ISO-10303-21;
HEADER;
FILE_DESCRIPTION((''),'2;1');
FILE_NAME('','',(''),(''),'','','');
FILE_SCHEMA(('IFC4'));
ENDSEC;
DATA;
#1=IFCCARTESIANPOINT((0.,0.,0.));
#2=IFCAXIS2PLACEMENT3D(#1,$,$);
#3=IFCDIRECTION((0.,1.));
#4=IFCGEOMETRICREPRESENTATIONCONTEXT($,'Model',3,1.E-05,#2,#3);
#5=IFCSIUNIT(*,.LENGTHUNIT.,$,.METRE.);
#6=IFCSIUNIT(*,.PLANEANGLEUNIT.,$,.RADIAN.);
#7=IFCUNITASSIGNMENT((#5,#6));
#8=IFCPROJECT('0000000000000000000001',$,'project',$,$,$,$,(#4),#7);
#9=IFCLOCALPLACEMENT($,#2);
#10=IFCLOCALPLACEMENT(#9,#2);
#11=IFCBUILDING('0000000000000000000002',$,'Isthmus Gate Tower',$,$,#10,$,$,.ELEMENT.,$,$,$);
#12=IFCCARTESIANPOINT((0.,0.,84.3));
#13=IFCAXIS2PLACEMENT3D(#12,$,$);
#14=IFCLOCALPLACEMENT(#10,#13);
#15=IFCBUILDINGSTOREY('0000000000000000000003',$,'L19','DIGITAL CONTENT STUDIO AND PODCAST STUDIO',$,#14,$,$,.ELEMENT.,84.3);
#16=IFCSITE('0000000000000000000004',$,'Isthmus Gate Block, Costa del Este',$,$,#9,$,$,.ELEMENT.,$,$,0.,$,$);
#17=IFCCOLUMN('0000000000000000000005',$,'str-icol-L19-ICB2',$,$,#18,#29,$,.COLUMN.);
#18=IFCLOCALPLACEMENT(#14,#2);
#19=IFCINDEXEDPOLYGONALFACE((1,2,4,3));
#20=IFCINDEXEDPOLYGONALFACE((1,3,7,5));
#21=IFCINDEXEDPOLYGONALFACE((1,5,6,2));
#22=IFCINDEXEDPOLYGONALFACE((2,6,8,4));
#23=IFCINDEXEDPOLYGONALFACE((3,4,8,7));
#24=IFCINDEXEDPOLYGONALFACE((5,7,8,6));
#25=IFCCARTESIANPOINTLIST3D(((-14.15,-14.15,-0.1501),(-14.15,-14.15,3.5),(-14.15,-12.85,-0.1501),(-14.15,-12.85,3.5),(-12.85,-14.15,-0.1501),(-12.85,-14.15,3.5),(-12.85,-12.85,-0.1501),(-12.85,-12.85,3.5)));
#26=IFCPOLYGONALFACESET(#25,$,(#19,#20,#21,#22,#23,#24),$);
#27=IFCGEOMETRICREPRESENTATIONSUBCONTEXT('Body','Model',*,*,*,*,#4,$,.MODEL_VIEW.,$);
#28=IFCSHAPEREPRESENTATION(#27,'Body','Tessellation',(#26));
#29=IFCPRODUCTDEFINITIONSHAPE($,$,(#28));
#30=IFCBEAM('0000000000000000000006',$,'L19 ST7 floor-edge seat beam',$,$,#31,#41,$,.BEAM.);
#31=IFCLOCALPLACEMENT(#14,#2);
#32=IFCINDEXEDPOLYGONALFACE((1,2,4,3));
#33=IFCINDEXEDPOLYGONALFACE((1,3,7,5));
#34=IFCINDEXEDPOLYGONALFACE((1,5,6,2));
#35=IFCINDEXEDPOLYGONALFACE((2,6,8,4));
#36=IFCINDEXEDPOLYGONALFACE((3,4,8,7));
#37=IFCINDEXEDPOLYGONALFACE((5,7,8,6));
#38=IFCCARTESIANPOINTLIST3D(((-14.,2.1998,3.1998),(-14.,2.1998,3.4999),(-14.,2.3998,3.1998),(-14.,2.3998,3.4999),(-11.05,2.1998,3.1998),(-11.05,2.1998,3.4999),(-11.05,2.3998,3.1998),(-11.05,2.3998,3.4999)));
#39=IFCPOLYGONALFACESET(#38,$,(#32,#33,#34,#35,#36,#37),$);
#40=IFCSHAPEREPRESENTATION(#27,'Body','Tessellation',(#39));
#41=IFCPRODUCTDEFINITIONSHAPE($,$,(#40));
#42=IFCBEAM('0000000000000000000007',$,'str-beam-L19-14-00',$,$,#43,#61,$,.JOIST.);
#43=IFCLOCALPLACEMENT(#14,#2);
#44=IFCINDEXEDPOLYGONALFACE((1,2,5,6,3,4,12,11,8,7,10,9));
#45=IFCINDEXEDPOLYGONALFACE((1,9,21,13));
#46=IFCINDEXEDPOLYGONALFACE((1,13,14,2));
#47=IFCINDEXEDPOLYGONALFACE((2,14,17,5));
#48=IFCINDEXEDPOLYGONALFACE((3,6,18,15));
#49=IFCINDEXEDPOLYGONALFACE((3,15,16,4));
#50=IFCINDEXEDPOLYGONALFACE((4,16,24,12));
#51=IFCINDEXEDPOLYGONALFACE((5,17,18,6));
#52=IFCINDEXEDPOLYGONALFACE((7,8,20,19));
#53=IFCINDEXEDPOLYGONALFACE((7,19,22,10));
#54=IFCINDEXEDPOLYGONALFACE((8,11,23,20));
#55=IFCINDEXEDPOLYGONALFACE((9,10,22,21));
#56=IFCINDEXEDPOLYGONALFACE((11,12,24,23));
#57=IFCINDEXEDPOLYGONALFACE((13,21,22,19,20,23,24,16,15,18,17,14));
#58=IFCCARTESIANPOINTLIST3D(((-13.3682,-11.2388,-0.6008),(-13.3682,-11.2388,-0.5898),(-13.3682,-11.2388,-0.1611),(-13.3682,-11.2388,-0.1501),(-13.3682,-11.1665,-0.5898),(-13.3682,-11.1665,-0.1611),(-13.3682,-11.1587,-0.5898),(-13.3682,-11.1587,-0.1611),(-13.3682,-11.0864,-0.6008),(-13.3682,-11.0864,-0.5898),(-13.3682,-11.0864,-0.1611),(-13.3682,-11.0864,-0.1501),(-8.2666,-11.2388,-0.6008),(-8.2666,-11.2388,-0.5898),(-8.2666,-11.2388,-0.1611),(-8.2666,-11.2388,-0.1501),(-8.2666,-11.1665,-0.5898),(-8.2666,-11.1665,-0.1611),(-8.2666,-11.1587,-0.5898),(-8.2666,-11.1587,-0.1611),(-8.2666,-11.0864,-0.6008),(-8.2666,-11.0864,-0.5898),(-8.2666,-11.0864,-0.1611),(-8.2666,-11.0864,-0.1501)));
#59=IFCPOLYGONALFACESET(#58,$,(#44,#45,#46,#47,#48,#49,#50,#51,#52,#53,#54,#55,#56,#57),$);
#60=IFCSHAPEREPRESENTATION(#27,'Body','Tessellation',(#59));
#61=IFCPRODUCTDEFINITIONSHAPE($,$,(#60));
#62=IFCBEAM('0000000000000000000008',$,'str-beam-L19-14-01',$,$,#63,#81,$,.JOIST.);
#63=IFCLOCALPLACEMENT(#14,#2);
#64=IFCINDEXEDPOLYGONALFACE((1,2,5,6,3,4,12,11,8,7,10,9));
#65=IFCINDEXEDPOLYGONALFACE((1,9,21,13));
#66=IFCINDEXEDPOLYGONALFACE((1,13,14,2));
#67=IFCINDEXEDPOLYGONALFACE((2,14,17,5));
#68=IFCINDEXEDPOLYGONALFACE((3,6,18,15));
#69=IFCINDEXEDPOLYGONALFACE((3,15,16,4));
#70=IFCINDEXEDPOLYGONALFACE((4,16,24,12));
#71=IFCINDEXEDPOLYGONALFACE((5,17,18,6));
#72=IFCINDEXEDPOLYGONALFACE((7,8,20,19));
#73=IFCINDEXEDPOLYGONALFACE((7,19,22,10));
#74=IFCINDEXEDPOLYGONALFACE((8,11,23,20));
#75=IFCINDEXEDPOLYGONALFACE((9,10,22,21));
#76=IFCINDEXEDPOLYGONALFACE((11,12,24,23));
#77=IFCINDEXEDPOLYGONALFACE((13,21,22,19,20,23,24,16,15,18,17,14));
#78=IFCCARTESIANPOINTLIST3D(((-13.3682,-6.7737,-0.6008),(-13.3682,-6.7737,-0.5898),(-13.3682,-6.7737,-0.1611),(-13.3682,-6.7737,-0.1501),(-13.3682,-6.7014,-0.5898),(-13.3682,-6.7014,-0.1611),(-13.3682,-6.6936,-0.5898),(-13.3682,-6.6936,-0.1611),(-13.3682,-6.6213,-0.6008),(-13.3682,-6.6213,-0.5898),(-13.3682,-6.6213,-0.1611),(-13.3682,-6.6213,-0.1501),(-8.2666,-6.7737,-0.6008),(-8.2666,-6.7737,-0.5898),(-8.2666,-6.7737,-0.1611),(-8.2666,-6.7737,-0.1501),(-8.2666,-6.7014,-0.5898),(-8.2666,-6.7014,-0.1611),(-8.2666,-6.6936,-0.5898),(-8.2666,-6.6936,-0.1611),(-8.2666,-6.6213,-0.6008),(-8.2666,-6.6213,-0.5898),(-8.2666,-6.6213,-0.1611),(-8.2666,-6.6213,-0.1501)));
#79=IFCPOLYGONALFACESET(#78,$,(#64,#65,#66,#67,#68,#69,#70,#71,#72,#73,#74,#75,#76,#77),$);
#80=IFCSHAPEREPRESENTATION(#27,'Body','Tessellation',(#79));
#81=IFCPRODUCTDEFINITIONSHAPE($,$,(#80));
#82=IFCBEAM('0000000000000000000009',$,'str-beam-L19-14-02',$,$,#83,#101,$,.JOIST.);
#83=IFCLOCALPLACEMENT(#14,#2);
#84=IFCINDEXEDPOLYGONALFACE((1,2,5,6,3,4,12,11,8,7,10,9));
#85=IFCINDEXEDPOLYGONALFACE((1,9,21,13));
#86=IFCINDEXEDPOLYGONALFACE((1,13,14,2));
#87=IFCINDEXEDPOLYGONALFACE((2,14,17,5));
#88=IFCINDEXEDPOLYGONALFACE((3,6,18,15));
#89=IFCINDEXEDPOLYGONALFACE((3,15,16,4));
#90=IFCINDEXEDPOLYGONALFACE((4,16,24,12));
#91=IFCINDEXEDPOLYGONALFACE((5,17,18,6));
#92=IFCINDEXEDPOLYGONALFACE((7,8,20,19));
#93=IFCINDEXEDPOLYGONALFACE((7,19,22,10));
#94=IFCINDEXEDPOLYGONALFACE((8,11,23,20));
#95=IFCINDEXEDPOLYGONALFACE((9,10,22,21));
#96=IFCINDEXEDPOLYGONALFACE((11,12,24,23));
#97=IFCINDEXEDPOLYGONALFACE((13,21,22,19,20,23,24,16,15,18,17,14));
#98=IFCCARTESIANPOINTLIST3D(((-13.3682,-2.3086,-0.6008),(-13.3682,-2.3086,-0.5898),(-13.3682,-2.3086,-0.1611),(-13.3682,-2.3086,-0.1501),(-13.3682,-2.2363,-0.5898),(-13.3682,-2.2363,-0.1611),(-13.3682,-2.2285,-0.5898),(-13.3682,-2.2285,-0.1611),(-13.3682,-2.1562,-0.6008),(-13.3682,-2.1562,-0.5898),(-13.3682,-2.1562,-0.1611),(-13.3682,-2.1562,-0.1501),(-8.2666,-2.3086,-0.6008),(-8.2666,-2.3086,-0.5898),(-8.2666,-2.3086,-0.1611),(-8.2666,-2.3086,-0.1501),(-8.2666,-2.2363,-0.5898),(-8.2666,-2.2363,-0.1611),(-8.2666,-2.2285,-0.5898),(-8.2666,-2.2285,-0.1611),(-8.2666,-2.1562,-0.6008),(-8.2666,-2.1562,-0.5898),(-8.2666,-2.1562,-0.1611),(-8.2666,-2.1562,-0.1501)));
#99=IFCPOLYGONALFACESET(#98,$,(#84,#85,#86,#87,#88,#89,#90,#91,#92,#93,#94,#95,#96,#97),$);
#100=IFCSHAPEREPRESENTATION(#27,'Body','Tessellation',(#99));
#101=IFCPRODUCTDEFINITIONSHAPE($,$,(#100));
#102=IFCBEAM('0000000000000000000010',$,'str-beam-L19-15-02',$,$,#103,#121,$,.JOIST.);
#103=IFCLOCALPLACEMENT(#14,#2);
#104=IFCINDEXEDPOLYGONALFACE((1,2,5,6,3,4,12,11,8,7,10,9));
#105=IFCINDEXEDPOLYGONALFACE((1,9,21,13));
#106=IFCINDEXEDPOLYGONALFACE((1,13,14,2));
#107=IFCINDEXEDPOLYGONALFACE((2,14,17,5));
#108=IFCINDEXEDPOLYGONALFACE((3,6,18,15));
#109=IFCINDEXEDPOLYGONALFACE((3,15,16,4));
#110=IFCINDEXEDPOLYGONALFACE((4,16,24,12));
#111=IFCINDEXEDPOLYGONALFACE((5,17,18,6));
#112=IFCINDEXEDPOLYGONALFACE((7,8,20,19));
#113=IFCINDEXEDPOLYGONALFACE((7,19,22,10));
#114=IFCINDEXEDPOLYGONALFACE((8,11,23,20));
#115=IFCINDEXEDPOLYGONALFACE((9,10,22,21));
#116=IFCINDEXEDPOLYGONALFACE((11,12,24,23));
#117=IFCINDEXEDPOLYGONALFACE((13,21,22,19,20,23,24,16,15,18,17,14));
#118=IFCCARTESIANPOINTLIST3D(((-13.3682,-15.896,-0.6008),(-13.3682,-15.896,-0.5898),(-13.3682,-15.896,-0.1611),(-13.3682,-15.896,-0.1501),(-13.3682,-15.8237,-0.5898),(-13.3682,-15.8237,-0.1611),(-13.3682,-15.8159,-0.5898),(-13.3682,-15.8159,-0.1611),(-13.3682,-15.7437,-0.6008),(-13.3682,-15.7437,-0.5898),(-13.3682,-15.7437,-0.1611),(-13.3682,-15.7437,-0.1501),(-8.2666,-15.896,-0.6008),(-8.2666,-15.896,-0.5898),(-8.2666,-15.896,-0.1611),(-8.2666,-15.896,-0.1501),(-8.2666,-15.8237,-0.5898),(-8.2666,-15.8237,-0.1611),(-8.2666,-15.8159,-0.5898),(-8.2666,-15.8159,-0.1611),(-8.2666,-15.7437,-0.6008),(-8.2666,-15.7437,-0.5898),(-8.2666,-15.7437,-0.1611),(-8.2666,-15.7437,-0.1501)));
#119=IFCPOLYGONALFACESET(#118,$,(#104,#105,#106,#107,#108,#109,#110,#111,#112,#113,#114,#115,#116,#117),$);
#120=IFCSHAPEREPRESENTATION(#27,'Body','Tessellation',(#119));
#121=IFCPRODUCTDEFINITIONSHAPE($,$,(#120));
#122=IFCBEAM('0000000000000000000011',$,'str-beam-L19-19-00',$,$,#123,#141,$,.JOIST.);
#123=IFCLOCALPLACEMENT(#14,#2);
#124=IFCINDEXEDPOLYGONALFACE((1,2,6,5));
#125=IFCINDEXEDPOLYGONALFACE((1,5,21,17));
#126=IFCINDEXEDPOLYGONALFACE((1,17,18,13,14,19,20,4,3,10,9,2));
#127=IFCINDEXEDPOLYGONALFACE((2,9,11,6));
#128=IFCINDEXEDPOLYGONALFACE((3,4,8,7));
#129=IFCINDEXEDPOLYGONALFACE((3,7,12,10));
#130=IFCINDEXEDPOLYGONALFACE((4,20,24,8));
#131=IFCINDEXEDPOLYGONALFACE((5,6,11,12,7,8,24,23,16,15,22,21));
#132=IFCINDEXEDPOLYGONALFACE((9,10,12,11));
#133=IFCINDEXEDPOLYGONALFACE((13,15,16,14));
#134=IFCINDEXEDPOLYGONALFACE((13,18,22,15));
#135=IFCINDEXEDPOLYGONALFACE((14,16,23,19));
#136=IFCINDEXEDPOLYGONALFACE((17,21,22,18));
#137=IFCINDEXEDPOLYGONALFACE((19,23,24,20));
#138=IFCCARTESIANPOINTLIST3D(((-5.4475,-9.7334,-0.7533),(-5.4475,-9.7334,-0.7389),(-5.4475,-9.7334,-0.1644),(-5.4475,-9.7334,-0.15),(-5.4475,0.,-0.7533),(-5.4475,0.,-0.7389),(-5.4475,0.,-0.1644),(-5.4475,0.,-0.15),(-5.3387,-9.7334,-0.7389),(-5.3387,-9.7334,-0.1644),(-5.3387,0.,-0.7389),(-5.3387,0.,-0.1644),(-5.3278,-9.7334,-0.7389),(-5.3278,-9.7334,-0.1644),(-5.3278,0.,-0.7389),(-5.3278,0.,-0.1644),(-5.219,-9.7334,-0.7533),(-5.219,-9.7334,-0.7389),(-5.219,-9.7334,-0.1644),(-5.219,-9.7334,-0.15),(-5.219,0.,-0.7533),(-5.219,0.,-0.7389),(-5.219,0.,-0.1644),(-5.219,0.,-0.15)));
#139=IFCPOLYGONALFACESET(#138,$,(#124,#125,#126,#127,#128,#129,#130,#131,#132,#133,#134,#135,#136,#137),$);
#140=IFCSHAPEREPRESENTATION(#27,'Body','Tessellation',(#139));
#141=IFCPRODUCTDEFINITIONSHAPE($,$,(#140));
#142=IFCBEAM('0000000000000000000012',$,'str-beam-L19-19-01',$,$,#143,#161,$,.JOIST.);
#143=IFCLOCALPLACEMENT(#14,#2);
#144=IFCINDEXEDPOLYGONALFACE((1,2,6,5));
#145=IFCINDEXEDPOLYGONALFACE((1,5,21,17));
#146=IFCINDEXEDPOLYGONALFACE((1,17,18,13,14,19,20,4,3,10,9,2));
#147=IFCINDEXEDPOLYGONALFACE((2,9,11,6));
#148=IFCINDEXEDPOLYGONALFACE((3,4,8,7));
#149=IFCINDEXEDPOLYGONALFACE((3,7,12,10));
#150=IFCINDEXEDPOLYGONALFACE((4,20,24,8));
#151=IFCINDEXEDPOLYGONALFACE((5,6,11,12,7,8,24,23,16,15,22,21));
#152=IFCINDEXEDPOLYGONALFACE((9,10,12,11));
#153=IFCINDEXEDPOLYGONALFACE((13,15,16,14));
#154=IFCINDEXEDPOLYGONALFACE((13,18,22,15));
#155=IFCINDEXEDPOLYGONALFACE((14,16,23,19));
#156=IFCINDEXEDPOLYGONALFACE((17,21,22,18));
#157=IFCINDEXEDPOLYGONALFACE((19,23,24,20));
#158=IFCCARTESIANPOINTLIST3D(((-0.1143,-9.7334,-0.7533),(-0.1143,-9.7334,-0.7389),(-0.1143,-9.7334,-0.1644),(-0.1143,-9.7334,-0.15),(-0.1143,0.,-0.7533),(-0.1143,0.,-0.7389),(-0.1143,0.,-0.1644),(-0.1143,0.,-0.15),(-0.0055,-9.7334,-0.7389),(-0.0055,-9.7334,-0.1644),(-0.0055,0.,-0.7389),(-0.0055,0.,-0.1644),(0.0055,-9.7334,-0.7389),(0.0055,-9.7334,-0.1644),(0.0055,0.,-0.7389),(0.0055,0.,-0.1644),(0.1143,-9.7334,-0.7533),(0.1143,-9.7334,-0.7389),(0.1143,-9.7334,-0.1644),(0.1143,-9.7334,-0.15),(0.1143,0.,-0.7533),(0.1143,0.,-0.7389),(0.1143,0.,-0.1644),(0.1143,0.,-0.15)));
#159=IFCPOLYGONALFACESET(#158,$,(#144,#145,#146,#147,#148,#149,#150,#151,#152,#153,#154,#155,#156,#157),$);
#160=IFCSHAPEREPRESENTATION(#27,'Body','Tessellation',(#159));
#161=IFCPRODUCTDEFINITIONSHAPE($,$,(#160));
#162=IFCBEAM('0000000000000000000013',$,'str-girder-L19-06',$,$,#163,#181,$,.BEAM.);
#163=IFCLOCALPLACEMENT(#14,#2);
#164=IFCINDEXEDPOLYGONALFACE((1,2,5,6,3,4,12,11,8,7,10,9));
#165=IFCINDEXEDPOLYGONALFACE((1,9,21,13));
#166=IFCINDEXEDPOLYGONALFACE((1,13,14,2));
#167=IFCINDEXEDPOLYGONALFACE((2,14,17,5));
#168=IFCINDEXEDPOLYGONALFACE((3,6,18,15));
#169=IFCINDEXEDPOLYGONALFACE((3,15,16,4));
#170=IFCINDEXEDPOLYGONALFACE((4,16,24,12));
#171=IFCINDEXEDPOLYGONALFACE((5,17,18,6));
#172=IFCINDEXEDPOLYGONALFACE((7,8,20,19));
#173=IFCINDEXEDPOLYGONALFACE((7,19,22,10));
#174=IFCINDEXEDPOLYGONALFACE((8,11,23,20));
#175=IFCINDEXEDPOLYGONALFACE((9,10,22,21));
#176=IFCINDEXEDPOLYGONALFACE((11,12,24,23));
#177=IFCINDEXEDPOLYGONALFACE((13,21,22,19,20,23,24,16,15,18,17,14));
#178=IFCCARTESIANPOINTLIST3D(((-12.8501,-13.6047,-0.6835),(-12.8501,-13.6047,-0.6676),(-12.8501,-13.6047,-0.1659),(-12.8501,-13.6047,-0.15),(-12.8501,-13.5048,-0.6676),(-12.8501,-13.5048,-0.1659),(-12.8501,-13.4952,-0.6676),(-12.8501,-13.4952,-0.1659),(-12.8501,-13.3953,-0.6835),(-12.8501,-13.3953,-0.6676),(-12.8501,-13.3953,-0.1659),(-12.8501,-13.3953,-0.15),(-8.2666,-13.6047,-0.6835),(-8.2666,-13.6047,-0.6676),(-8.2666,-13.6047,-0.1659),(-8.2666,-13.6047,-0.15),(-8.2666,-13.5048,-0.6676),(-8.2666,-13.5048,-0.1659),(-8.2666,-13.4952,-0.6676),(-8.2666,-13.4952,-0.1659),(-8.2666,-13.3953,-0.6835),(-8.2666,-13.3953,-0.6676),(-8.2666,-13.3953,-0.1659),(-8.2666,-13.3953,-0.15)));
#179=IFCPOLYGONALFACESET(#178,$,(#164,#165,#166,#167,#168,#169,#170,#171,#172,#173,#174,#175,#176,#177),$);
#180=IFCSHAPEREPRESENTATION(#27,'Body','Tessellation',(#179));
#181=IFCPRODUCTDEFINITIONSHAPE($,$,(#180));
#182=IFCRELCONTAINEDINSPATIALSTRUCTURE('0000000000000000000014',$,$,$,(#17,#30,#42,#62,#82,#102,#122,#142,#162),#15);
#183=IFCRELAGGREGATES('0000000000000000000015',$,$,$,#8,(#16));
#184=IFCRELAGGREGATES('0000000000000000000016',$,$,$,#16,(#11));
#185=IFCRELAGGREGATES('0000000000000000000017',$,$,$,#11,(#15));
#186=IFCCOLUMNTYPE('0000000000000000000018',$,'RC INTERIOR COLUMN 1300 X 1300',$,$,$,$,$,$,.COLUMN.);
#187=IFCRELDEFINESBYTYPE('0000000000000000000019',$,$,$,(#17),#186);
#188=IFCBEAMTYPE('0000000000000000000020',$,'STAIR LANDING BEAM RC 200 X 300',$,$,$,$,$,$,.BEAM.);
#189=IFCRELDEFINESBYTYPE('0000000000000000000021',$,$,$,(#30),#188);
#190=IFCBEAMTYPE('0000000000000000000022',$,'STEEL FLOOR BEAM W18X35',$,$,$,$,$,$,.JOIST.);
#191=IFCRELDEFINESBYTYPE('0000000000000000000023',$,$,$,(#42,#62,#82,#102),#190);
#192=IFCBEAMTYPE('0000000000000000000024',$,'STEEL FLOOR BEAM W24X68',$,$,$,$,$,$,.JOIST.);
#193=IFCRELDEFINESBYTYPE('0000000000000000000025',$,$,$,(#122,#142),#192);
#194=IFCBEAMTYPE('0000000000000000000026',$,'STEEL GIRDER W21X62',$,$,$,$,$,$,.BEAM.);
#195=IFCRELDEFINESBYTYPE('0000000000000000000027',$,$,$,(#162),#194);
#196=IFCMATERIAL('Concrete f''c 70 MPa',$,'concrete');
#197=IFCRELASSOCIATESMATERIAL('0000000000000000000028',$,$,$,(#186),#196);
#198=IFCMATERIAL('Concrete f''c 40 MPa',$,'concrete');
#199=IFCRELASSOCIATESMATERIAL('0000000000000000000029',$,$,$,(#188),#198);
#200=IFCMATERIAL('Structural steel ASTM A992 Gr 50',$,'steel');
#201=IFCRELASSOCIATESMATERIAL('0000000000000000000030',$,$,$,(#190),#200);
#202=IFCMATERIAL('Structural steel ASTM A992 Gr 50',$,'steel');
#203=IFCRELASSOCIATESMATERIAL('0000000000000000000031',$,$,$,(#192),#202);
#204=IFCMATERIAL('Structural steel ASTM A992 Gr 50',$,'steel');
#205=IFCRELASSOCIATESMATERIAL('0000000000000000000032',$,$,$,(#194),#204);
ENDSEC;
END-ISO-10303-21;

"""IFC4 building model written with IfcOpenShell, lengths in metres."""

from ifc_helpers import new_model, si_unit, direction, frame, origin, origin_2d, place, context, subcontext, project, spatial, rectangle, i_section, extrude, material, material_profile, profile_set, type_object, element, save


model = new_model("IFC4")

# Units and contexts
model_context = context("Model", 3, precision=1e-05, world=origin(), true_north=direction((0.0, 1.0)))
body_context = subcontext(model_context, "Body", "Model", "MODEL_VIEW")
ifc_project = project(units=[si_unit("LENGTHUNIT", "METRE"), si_unit("PLANEANGLEUNIT", "RADIAN")], contexts=[model_context])

# Site, building, storey
site_placement = place(None, origin())
site = spatial("IfcSite", under=ifc_project, at=site_placement, Name="Isthmus Gate Block, Costa del Este", CompositionType="ELEMENT", RefElevation=0.0)
building_placement = place(site_placement, origin())
building = spatial("IfcBuilding", under=site, at=building_placement, Name="Isthmus Gate Tower", CompositionType="ELEMENT")
storey_placement = place(building_placement, frame((0.0, 0.0, 84.3)))
storey = spatial("IfcBuildingStorey", under=building, at=storey_placement, Name="L19", Description="DIGITAL CONTENT STUDIO AND PODCAST STUDIO", CompositionType="ELEMENT", Elevation=84.3)

# Column
ifc_material_1 = material(Name="Concrete f'c 70 MPa", Category="concrete")
ifc_material_profile_1 = material_profile(ifc_material_1, rectangle(XDim=1.3, YDim=1.3, at=origin_2d()), Name="RC 1300X1300")
ifc_profile_set_1 = profile_set([ifc_material_profile_1], Name="Concrete f'c 70 MPa")
column_type = type_object("IfcColumnType", Name="RC INTERIOR COLUMN 1300 X 1300", PredefinedType="COLUMN", material=ifc_profile_set_1)
column_placement = place(storey_placement, frame((-13.5, -13.5, -0.1501), z_axis=(0.0, 0.0, 1.0), x_axis=(1.0, 0.0, 0.0)))
element("IfcColumn", 1, at=column_placement, inside=storey, type_object=column_type, Name="str-icol-L19-ICB2", PredefinedType="COLUMN", context=body_context, shape_type="SweptSolid", body=[
    extrude(rectangle(XDim=1.3, YDim=1.3, at=origin_2d()), origin(), (0.0, 0.0, 1.0), 3.6501),
])

# Beams
ifc_material_2 = material(Name="Concrete f'c 40 MPa", Category="concrete")
ifc_material_profile_2 = material_profile(ifc_material_2, rectangle(XDim=0.2, YDim=0.3, at=origin_2d()), Name="STAIR LANDING BEAM RC 200 X 300")
ifc_profile_set_2 = profile_set([ifc_material_profile_2], Name="Concrete f'c 40 MPa")
beam_type_1 = type_object("IfcBeamType", Name="STAIR LANDING BEAM RC 200 X 300", PredefinedType="BEAM", material=ifc_profile_set_2)
beam_1_placement = place(storey_placement, frame((-14.0, 2.2998, 3.3499), z_axis=(1.0, 0.0, 0.0), x_axis=(0.0, 1.0, 0.0)))
element("IfcBeam", 2, at=beam_1_placement, inside=storey, type_object=beam_type_1, Name="L19 ST7 floor-edge seat beam", PredefinedType="BEAM", context=body_context, shape_type="SweptSolid", body=[
    extrude(rectangle(XDim=0.2, YDim=0.3, at=origin_2d()), origin(), (0.0, 0.0, 1.0), 2.95),
])
ifc_material_3 = material(Name="Structural steel ASTM A992 Gr 50", Category="steel")
ifc_material_profile_3 = material_profile(ifc_material_3, i_section(OverallWidth=0.1523, OverallDepth=0.4507, WebThickness=0.0078, FlangeThickness=0.011, at=origin_2d()), Name="W18X35")
ifc_profile_set_3 = profile_set([ifc_material_profile_3], Name="Structural steel ASTM A992 Gr 50")
beam_type_2 = type_object("IfcBeamType", Name="STEEL FLOOR BEAM W18X35", PredefinedType="JOIST", material=ifc_profile_set_3)
for number, where, z_axis, x_axis, name in (
    (3, (-13.3682, -11.1626, -0.3755), (1.0, 0.0, 0.0), (0.0, 1.0, 0.0), "str-beam-L19-14-00"),
    (4, (-13.3682, -6.6975, -0.3755), (1.0, 0.0, 0.0), (0.0, 1.0, 0.0), "str-beam-L19-14-01"),
    (5, (-13.3682, -2.2324, -0.3755), (1.0, 0.0, 0.0), (0.0, 1.0, 0.0), "str-beam-L19-14-02"),
    (6, (-13.3682, -15.8198, -0.3755), (1.0, 0.0, 0.0), (0.0, 1.0, 0.0), "str-beam-L19-15-02"),
):
    element("IfcBeam", number, at=place(storey_placement, frame(where, z_axis=z_axis, x_axis=x_axis)), inside=storey, type_object=beam_type_2, Name=name, PredefinedType="JOIST", context=body_context, shape_type="SweptSolid", body=[
        extrude(i_section(OverallWidth=0.1523, OverallDepth=0.4507, WebThickness=0.0078, FlangeThickness=0.011, at=origin_2d()), origin(), (0.0, 0.0, 1.0), 5.1016),
    ])
ifc_material_4 = material(Name="Structural steel ASTM A992 Gr 50", Category="steel")
ifc_material_profile_4 = material_profile(ifc_material_4, i_section(OverallWidth=0.2285, OverallDepth=0.6033, WebThickness=0.011, FlangeThickness=0.0144, at=origin_2d()), Name="W24X68")
ifc_profile_set_4 = profile_set([ifc_material_profile_4], Name="Structural steel ASTM A992 Gr 50")
beam_type_3 = type_object("IfcBeamType", Name="STEEL FLOOR BEAM W24X68", PredefinedType="JOIST", material=ifc_profile_set_4)
for number, where, z_axis, x_axis, name in (
    (7, (-5.3333, -9.7334, -0.4517), (0.0, 1.0, 0.0), (-1.0, 0.0, 0.0), "str-beam-L19-19-00"),
    (8, (0.0, -9.7334, -0.4517), (0.0, 1.0, 0.0), (-1.0, 0.0, 0.0), "str-beam-L19-19-01"),
):
    element("IfcBeam", number, at=place(storey_placement, frame(where, z_axis=z_axis, x_axis=x_axis)), inside=storey, type_object=beam_type_3, Name=name, PredefinedType="JOIST", context=body_context, shape_type="SweptSolid", body=[
        extrude(i_section(OverallWidth=0.2285, OverallDepth=0.6033, WebThickness=0.011, FlangeThickness=0.0144, at=origin_2d()), origin(), (0.0, 0.0, 1.0), 9.7334),
    ])
ifc_material_5 = material(Name="Structural steel ASTM A992 Gr 50", Category="steel")
ifc_material_profile_5 = material_profile(ifc_material_5, i_section(OverallWidth=0.2095, OverallDepth=0.5334, WebThickness=0.0095, FlangeThickness=0.0159, at=origin_2d()), Name="W21X62")
ifc_profile_set_5 = profile_set([ifc_material_profile_5], Name="Structural steel ASTM A992 Gr 50")
beam_type_4 = type_object("IfcBeamType", Name="STEEL GIRDER W21X62", PredefinedType="BEAM", material=ifc_profile_set_5)
beam_2_placement = place(storey_placement, frame((-12.8501, -13.5, -0.4167), z_axis=(1.0, 0.0, 0.0), x_axis=(0.0, 1.0, 0.0)))
element("IfcBeam", 9, at=beam_2_placement, inside=storey, type_object=beam_type_4, Name="str-girder-L19-06", PredefinedType="BEAM", context=body_context, shape_type="SweptSolid", body=[
    extrude(i_section(OverallWidth=0.2095, OverallDepth=0.5334, WebThickness=0.0095, FlangeThickness=0.0159, at=origin_2d()), origin(), (0.0, 0.0, 1.0), 4.5835),
])

save(model, "model.ifc")
